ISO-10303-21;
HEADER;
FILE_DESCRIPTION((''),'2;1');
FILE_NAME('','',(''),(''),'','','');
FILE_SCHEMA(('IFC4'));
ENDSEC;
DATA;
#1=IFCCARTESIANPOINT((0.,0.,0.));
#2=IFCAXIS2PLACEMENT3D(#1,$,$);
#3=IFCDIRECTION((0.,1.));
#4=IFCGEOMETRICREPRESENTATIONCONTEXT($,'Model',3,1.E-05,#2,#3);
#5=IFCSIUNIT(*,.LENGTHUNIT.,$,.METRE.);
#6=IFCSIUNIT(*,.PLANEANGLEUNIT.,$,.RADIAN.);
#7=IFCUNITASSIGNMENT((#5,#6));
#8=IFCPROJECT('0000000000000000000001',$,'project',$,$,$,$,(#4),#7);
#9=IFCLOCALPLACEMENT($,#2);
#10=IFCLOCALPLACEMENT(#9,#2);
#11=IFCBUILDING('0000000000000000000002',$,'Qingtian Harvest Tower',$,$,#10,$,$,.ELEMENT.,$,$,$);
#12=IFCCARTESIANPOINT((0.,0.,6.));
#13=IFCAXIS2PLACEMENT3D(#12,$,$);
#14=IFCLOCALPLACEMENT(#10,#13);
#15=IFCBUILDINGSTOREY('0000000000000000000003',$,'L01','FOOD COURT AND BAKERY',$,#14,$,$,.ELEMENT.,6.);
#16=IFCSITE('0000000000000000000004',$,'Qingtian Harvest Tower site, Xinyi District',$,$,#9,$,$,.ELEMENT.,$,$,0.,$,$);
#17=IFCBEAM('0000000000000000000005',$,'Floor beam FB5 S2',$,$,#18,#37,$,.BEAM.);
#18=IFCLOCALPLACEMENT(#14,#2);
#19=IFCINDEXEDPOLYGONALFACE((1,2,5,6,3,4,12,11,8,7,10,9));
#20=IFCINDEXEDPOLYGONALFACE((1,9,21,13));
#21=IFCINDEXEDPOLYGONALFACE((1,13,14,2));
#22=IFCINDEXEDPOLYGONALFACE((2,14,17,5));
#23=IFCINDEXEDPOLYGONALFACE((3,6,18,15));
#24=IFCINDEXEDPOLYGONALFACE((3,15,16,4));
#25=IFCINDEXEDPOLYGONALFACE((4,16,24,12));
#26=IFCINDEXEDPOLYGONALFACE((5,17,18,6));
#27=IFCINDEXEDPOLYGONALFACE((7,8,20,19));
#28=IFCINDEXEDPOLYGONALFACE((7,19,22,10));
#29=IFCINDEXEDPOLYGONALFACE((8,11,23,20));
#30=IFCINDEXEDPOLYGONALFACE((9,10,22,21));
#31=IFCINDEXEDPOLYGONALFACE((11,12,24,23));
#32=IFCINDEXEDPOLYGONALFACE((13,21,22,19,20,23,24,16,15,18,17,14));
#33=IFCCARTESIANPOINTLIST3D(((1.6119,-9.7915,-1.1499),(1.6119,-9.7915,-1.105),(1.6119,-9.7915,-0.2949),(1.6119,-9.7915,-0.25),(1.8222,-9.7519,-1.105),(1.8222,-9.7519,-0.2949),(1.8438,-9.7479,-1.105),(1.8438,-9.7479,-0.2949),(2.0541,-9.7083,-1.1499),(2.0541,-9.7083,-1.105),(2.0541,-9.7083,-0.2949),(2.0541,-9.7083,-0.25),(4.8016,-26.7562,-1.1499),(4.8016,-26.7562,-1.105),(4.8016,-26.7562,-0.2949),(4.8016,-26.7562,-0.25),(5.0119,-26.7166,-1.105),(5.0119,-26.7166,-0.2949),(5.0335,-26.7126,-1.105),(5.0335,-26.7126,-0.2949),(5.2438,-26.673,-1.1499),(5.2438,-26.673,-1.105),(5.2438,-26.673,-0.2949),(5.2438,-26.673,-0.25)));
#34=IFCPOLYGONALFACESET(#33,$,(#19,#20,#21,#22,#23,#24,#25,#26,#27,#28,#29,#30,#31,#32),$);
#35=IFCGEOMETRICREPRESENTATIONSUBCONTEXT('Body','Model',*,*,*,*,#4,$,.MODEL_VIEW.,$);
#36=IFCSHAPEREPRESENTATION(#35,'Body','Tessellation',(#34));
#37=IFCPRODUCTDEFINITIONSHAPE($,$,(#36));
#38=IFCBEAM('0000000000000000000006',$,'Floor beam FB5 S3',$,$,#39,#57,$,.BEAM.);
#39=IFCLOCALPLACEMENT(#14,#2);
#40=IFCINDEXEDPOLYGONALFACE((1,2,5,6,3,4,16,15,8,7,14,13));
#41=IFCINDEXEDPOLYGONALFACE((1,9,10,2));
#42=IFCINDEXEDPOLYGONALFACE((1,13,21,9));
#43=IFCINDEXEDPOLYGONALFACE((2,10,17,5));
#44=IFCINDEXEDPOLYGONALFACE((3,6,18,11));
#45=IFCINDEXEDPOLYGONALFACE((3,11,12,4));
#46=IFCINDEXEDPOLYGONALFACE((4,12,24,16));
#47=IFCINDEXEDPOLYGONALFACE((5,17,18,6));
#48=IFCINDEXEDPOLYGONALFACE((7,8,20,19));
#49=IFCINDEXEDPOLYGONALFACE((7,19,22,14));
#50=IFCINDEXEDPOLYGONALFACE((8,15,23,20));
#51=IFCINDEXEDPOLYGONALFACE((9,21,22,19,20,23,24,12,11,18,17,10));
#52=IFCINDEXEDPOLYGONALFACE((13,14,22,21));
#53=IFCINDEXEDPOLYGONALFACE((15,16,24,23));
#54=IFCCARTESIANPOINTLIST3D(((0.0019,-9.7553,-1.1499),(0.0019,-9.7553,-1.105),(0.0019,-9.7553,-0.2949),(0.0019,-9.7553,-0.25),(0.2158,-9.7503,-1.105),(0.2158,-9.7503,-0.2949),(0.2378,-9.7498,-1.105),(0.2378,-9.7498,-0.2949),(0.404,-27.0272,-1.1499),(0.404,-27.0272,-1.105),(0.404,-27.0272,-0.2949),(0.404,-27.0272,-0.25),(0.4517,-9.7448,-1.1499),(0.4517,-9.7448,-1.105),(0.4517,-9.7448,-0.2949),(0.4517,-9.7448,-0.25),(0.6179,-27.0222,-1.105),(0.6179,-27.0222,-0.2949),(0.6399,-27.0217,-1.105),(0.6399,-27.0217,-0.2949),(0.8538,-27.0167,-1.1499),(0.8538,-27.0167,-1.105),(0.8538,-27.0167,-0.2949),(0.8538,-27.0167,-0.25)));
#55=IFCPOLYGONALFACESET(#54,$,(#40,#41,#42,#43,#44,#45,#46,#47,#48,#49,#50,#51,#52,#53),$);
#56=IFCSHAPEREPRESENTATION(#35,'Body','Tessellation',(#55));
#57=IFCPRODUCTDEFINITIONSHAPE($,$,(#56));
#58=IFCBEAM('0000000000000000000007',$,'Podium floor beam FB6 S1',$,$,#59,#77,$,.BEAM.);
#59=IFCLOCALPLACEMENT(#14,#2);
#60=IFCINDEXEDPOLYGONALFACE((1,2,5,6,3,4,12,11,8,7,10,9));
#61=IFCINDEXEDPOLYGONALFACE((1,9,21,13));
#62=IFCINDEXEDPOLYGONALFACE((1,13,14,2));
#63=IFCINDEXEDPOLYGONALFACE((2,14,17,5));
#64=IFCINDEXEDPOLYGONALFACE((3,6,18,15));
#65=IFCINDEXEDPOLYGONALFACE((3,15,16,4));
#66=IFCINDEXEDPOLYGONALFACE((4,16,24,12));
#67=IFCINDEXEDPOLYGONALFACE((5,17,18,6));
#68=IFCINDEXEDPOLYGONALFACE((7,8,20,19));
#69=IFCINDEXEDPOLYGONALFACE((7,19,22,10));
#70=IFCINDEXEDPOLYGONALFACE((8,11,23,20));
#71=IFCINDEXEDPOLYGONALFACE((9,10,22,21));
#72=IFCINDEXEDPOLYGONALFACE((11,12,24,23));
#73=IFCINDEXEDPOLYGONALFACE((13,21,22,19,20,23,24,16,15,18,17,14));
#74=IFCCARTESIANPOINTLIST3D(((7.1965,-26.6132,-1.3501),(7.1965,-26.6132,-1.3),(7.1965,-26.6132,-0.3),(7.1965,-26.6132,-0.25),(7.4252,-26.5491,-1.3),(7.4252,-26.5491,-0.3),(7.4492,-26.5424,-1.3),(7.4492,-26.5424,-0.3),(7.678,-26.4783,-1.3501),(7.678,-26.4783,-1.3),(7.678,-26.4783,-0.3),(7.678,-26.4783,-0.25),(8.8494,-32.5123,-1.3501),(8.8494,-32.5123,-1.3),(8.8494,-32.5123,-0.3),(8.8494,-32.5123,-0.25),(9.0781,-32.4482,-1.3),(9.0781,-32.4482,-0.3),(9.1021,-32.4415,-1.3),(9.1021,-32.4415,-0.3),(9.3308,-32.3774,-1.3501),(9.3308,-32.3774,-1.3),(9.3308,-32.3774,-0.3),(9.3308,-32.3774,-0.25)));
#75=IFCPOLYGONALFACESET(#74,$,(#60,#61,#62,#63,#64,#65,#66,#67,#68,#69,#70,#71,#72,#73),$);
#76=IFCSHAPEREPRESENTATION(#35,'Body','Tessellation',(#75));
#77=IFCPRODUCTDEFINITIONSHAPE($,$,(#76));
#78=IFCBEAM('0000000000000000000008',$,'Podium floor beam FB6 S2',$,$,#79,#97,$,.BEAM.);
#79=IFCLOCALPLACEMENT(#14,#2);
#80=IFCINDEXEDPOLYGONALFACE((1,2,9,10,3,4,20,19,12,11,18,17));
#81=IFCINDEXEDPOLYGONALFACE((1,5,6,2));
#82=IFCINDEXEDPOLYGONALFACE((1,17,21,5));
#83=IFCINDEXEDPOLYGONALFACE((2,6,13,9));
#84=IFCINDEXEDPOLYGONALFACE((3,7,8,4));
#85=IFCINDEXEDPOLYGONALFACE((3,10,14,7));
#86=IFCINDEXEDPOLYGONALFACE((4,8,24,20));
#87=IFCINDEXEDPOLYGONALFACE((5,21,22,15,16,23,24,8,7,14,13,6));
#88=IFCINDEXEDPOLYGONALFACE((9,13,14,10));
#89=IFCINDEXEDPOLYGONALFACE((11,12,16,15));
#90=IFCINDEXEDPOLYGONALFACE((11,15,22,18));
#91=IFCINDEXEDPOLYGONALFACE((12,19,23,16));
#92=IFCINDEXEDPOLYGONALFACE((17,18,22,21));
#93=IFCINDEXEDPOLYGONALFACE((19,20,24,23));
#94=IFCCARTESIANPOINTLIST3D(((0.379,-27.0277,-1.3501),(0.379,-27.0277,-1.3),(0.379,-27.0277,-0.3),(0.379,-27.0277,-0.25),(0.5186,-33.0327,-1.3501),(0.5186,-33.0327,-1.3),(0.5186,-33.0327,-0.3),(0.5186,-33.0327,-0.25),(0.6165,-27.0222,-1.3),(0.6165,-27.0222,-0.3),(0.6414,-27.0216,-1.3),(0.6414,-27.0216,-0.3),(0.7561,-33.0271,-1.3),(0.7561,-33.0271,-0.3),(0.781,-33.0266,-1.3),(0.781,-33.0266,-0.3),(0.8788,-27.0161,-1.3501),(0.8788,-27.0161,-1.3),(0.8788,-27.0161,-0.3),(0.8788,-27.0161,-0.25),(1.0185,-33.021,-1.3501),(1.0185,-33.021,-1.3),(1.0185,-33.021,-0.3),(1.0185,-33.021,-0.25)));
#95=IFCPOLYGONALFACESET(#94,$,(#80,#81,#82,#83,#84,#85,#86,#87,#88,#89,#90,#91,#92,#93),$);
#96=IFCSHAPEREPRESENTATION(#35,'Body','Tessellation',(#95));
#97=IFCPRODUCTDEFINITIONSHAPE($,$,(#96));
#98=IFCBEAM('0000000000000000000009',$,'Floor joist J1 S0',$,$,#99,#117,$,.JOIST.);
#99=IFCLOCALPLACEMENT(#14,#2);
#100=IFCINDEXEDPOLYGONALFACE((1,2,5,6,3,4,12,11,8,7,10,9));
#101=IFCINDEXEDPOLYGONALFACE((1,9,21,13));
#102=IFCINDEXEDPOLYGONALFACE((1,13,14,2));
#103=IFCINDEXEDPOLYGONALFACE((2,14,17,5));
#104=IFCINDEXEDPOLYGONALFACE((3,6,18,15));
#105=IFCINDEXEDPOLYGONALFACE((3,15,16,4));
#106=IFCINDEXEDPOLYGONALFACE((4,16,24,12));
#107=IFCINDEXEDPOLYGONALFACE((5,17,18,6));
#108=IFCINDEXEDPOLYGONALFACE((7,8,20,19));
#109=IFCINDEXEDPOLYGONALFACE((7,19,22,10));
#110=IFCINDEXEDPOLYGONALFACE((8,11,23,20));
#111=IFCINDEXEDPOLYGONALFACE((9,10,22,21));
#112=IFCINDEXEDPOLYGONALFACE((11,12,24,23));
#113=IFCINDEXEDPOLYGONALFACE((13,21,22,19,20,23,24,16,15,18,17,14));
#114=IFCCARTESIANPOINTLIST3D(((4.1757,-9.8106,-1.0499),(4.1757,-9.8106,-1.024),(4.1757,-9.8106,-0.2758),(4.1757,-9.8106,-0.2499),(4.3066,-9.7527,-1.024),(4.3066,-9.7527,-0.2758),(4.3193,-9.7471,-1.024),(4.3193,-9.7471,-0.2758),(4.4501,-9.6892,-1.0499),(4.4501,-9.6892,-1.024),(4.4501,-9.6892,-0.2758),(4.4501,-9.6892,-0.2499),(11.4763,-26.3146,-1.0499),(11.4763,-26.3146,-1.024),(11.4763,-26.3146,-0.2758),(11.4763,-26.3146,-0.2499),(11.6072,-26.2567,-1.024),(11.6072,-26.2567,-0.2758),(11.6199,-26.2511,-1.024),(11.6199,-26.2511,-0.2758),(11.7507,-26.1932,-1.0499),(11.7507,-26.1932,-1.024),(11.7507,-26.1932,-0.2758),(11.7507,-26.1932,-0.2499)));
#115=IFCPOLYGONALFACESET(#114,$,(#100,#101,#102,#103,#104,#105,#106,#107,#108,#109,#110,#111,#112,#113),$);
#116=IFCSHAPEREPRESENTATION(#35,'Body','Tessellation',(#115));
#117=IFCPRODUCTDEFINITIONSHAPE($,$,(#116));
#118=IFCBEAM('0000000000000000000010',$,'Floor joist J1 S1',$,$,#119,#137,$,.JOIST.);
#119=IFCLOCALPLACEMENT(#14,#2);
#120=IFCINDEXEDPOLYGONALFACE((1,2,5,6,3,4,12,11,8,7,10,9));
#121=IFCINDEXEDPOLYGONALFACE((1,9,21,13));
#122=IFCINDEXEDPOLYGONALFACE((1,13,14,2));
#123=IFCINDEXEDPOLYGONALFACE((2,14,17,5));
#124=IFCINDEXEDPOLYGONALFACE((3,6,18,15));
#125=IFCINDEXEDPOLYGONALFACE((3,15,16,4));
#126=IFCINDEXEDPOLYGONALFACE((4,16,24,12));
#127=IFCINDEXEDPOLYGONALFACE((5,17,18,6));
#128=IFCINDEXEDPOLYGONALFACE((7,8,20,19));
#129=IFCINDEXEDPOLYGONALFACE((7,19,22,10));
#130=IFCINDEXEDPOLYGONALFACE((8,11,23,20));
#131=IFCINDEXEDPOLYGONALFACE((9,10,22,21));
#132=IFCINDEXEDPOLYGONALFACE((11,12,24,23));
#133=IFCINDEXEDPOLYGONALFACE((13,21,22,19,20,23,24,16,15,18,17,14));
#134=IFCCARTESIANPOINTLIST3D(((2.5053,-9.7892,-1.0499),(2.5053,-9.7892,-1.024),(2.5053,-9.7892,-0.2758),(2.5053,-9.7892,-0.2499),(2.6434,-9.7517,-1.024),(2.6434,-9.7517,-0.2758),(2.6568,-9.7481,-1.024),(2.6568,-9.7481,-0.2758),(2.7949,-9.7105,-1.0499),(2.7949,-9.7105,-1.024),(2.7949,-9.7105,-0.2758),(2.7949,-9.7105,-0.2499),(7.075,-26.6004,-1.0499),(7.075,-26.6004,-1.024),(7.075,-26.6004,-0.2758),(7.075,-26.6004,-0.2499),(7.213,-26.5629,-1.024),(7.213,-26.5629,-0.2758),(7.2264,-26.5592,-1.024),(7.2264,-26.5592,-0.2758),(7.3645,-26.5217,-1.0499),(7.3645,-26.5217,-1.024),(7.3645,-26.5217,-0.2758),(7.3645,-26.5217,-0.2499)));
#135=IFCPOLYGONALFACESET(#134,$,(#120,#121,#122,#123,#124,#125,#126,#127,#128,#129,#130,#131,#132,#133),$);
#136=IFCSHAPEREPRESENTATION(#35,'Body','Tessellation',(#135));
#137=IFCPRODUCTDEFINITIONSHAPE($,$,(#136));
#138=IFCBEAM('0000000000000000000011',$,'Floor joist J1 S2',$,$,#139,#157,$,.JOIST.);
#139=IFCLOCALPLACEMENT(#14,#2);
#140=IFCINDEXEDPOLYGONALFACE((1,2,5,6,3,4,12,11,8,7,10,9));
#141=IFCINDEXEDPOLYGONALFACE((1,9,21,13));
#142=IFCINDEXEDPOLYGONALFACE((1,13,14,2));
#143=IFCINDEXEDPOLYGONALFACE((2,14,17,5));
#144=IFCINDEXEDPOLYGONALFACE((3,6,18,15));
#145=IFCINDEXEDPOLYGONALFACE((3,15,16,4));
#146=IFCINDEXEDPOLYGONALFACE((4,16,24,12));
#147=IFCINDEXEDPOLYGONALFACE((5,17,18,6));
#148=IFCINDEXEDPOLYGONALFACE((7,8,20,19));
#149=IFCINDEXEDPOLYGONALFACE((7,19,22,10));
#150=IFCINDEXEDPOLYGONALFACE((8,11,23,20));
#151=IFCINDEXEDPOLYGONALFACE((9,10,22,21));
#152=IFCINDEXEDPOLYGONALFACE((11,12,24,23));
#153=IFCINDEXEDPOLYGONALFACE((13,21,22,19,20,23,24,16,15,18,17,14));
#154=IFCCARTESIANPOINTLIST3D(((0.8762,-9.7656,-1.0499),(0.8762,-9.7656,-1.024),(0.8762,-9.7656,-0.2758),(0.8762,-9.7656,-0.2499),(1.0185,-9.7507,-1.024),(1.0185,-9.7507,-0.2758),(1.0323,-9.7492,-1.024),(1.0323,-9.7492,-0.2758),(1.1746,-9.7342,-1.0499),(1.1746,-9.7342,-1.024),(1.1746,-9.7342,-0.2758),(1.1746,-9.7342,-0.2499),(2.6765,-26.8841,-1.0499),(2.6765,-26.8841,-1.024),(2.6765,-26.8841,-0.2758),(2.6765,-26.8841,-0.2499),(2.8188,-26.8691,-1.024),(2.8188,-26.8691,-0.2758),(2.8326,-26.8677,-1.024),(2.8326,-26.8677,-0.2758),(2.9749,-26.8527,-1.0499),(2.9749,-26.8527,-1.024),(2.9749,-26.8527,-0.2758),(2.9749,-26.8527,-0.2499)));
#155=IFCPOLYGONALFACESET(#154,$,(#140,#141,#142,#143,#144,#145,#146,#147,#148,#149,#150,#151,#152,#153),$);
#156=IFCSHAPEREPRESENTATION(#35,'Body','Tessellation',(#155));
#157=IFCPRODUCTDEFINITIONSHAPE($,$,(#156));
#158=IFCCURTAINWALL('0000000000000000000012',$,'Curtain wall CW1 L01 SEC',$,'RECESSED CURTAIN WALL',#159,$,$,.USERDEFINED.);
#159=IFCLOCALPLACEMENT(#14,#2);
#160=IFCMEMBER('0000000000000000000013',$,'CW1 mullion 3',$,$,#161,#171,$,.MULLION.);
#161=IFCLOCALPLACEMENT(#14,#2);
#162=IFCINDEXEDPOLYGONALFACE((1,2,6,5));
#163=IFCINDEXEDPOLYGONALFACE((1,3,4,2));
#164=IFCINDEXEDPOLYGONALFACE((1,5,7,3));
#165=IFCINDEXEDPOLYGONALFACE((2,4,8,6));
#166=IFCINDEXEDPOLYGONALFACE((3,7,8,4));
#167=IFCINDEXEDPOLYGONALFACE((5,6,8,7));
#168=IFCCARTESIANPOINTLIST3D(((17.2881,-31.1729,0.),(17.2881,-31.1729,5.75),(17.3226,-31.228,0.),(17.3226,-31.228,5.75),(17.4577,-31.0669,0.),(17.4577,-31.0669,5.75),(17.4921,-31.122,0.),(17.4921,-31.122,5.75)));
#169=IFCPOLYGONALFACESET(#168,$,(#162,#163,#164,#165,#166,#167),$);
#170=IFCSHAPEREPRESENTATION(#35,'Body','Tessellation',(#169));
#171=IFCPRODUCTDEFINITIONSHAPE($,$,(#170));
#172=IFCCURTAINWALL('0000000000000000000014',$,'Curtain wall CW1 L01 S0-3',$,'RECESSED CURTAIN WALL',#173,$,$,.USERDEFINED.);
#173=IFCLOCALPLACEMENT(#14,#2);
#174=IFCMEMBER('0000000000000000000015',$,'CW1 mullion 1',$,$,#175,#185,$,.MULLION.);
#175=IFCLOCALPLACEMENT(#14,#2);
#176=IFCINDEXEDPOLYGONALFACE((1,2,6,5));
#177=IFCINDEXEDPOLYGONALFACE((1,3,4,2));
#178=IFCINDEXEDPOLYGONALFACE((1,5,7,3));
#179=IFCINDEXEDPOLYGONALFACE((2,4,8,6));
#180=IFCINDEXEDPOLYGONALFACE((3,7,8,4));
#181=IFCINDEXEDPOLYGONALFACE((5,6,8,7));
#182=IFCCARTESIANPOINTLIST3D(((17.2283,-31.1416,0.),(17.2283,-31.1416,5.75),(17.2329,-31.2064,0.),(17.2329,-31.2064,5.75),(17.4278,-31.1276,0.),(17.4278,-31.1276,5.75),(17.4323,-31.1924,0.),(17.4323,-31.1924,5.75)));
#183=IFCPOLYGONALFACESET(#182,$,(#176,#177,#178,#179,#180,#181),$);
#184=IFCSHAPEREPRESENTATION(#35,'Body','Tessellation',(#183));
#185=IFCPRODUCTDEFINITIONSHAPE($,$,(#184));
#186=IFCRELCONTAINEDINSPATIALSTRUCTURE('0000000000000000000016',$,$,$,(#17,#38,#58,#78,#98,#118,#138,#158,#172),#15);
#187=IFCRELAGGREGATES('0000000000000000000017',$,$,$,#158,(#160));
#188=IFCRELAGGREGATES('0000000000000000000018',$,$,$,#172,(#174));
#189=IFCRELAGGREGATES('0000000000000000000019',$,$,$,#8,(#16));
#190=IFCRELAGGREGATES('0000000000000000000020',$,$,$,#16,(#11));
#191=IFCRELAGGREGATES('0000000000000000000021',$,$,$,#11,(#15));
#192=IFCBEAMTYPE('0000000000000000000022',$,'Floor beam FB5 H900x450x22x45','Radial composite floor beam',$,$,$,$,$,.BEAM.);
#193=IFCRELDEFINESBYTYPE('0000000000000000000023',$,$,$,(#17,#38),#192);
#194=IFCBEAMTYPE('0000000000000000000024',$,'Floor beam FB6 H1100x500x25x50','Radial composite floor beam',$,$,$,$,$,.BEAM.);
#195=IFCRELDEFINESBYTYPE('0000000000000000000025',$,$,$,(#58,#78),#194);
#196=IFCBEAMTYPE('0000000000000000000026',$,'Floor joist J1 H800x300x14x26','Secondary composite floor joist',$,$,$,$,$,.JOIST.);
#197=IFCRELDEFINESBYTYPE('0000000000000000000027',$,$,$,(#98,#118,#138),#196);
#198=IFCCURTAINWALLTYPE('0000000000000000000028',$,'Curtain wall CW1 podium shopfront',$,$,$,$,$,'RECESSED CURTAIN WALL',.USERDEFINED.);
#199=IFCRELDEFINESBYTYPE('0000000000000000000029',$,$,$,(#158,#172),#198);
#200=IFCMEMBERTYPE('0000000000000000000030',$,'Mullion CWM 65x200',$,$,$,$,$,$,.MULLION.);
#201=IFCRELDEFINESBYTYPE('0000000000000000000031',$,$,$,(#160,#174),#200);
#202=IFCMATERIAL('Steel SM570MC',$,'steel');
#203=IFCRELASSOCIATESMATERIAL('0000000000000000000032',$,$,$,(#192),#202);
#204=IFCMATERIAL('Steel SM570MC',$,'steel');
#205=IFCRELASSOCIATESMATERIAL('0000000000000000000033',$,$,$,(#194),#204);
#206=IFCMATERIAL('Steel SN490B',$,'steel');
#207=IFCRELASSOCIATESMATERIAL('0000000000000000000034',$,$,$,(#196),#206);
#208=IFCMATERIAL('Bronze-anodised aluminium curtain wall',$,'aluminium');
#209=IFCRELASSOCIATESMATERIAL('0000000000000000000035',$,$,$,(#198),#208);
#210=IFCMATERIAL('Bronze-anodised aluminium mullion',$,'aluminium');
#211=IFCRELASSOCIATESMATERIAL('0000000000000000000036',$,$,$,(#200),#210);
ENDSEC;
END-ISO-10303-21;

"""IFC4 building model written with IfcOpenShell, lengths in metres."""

from ifc_helpers import new_model, si_unit, direction, frame, origin, origin_2d, place, context, subcontext, project, spatial, rectangle, i_section, extrude, material, material_profile, profile_set, type_object, element, aggregate, save


model = new_model("IFC4")

# Units and contexts
model_context = context("Model", 3, precision=1e-05, world=origin(), true_north=direction((0.0, 1.0)))
body_context = subcontext(model_context, "Body", "Model", "MODEL_VIEW")
ifc_project = project(units=[si_unit("LENGTHUNIT", "METRE"), si_unit("PLANEANGLEUNIT", "RADIAN")], contexts=[model_context])

# Site, building, storey
site_placement = place(None, origin())
site = spatial("IfcSite", under=ifc_project, at=site_placement, Name="Qingtian Harvest Tower site, Xinyi District", CompositionType="ELEMENT", RefElevation=0.0)
building_placement = place(site_placement, origin())
building = spatial("IfcBuilding", under=site, at=building_placement, Name="Qingtian Harvest Tower", CompositionType="ELEMENT")
storey_placement = place(building_placement, frame((0.0, 0.0, 6.0)))
storey = spatial("IfcBuildingStorey", under=building, at=storey_placement, Name="L01", Description="FOOD COURT AND BAKERY", CompositionType="ELEMENT", Elevation=6.0)

# Beams
ifc_material_1 = material(Name="Steel SM570MC", Category="steel")
ifc_material_profile_1 = material_profile(ifc_material_1, i_section(OverallWidth=0.45, OverallDepth=0.8999, WebThickness=0.022, FlangeThickness=0.0449, at=origin_2d()), Name="H900x450x22x45")
ifc_profile_set_1 = profile_set([ifc_material_profile_1], Name="Steel SM570MC")
beam_type_1 = type_object("IfcBeamType", Name="Floor beam FB5 H900x450x22x45", Description="Radial composite floor beam", PredefinedType="BEAM", material=ifc_profile_set_1)
beam_1_placement = place(storey_placement, frame((5.0227, -26.7146, -0.7), z_axis=(-0.184783, 0.982779, 0.0), x_axis=(-0.982779, -0.184783, 0.0)))
element("IfcBeam", 1, at=beam_1_placement, inside=storey, type_object=beam_type_1, Name="Floor beam FB5 S2", PredefinedType="BEAM", context=body_context, shape_type="SweptSolid", body=[
    extrude(i_section(OverallWidth=0.45, OverallDepth=0.8999, WebThickness=0.022, FlangeThickness=0.0449, at=origin_2d()), origin(), (0.0, 0.0, 1.0), 17.262),
])
beam_2_placement = place(storey_placement, frame((0.6289, -27.022, -0.7), z_axis=(-0.023274, 0.999729, 0.0), x_axis=(-0.999729, -0.023274, 0.0)))
element("IfcBeam", 2, at=beam_2_placement, inside=storey, type_object=beam_type_1, Name="Floor beam FB5 S3", PredefinedType="BEAM", context=body_context, shape_type="SweptSolid", body=[
    extrude(i_section(OverallWidth=0.45, OverallDepth=0.8999, WebThickness=0.022, FlangeThickness=0.0449, at=origin_2d()), origin(), (0.0, 0.0, 1.0), 17.2766),
])
ifc_material_2 = material(Name="Steel SM570MC", Category="steel")
ifc_material_profile_2 = material_profile(ifc_material_2, i_section(OverallWidth=0.5, OverallDepth=1.1001, WebThickness=0.0249, FlangeThickness=0.05, at=origin_2d()), Name="H1100x500x25x50")
ifc_profile_set_2 = profile_set([ifc_material_profile_2], Name="Steel SM570MC")
beam_type_2 = type_object("IfcBeamType", Name="Floor beam FB6 H1100x500x25x50", Description="Radial composite floor beam", PredefinedType="BEAM", material=ifc_profile_set_2)
beam_3_placement = place(storey_placement, frame((9.0901, -32.4448, -0.8), z_axis=(-0.269801, 0.962916, 0.0), x_axis=(-0.962916, -0.269801, 0.0)))
element("IfcBeam", 3, at=beam_3_placement, inside=storey, type_object=beam_type_2, Name="Podium floor beam FB6 S1", PredefinedType="BEAM", context=body_context, shape_type="SweptSolid", body=[
    extrude(i_section(OverallWidth=0.5, OverallDepth=1.1001, WebThickness=0.0249, FlangeThickness=0.05, at=origin_2d()), origin(), (0.0, 0.0, 1.0), 6.1262),
])
beam_4_placement = place(storey_placement, frame((0.7686, -33.0269, -0.8), z_axis=(-0.02325, 0.99973, 0.0), x_axis=(-0.99973, -0.02325, 0.0)))
element("IfcBeam", 4, at=beam_4_placement, inside=storey, type_object=beam_type_2, Name="Podium floor beam FB6 S2", PredefinedType="BEAM", context=body_context, shape_type="SweptSolid", body=[
    extrude(i_section(OverallWidth=0.5, OverallDepth=1.1001, WebThickness=0.0249, FlangeThickness=0.05, at=origin_2d()), origin(), (0.0, 0.0, 1.0), 6.0066),
])
ifc_material_3 = material(Name="Steel SN490B", Category="steel")
ifc_material_profile_3 = material_profile(ifc_material_3, i_section(OverallWidth=0.3, OverallDepth=0.8, WebThickness=0.0139, FlangeThickness=0.0259, at=origin_2d()), Name="H800x300x14x26")
ifc_profile_set_3 = profile_set([ifc_material_profile_3], Name="Steel SN490B")
beam_type_3 = type_object("IfcBeamType", Name="Floor joist J1 H800x300x14x26", Description="Secondary composite floor joist", PredefinedType="JOIST", material=ifc_profile_set_3)
beam_5_placement = place(storey_placement, frame((11.6135, -26.2539, -0.6499), z_axis=(-0.40454, 0.91452, 0.0), x_axis=(-0.91452, -0.40454, 0.0)))
element("IfcBeam", 5, at=beam_5_placement, inside=storey, type_object=beam_type_3, Name="Floor joist J1 S0", PredefinedType="JOIST", context=body_context, shape_type="SweptSolid", body=[
    extrude(i_section(OverallWidth=0.3, OverallDepth=0.8, WebThickness=0.0139, FlangeThickness=0.0259, at=origin_2d()), origin(), (0.0, 0.0, 1.0), 18.0466),
])
beam_6_placement = place(storey_placement, frame((7.2197, -26.561, -0.6499), z_axis=(-0.262303, 0.964986, 0.0), x_axis=(-0.964986, -0.262303, 0.0)))
element("IfcBeam", 6, at=beam_6_placement, inside=storey, type_object=beam_type_3, Name="Floor joist J1 S1", PredefinedType="JOIST", context=body_context, shape_type="SweptSolid", body=[
    extrude(i_section(OverallWidth=0.3, OverallDepth=0.8, WebThickness=0.0139, FlangeThickness=0.0259, at=origin_2d()), origin(), (0.0, 0.0, 1.0), 17.4211),
])
beam_7_placement = place(storey_placement, frame((2.8257, -26.8684, -0.6499), z_axis=(-0.10459, 0.994515, 0.0), x_axis=(-0.994515, -0.10459, 0.0)))
element("IfcBeam", 7, at=beam_7_placement, inside=storey, type_object=beam_type_3, Name="Floor joist J1 S2", PredefinedType="JOIST", context=body_context, shape_type="SweptSolid", body=[
    extrude(i_section(OverallWidth=0.3, OverallDepth=0.8, WebThickness=0.0139, FlangeThickness=0.0259, at=origin_2d()), origin(), (0.0, 0.0, 1.0), 17.2129),
])

# Curtain wall, member
ifc_material_4 = material(Name="Bronze-anodised aluminium curtain wall", Category="aluminium")
curtain_wall_type = type_object("IfcCurtainWallType", Name="Curtain wall CW1 podium shopfront", ElementType="RECESSED CURTAIN WALL", PredefinedType="USERDEFINED", material=ifc_material_4)
curtain_wall_1_placement = place(storey_placement, origin())
curtain_wall_1 = element("IfcCurtainWall", 8, at=curtain_wall_1_placement, inside=storey, type_object=curtain_wall_type, Name="Curtain wall CW1 L01 SEC", ObjectType="RECESSED CURTAIN WALL", PredefinedType="USERDEFINED")
ifc_material_5 = material(Name="Bronze-anodised aluminium mullion", Category="aluminium")
ifc_material_profile_4 = material_profile(ifc_material_5, rectangle(XDim=0.0649, YDim=0.2, at=origin_2d()), Name="AL 65x200")
ifc_profile_set_4 = profile_set([ifc_material_profile_4], Name="Bronze-anodised aluminium mullion")
member_type_1 = type_object("IfcMemberType", Name="Mullion CWM 65x200", PredefinedType="MULLION", material=ifc_profile_set_4)
member_1_placement = place(storey_placement, frame((17.3901, -31.1475, 0.0), z_axis=(0.0, 0.0, 1.0), x_axis=(0.529919, -0.848048, 0.0)))
member_1 = element("IfcMember", 9, at=member_1_placement, type_object=member_type_1, Name="CW1 mullion 3", PredefinedType="MULLION", context=body_context, shape_type="SweptSolid", body=[
    extrude(rectangle(XDim=0.0649, YDim=0.2, at=origin_2d()), origin(), (0.0, 0.0, 1.0), 5.75),
])
aggregate(curtain_wall_1, [member_1])

# Curtain wall, member
curtain_wall_2_placement = place(storey_placement, origin())
curtain_wall_2 = element("IfcCurtainWall", 10, at=curtain_wall_2_placement, inside=storey, type_object=curtain_wall_type, Name="Curtain wall CW1 L01 S0-3", ObjectType="RECESSED CURTAIN WALL", PredefinedType="USERDEFINED")
member_2_placement = place(storey_placement, frame((17.3303, -31.167, 0.0), z_axis=(0.0, 0.0, 1.0), x_axis=(0.069756, -0.997564, 0.0)))
member_2 = element("IfcMember", 11, at=member_2_placement, type_object=member_type_1, Name="CW1 mullion 1", PredefinedType="MULLION", context=body_context, shape_type="SweptSolid", body=[
    extrude(rectangle(XDim=0.0649, YDim=0.2, at=origin_2d()), origin(), (0.0, 0.0, 1.0), 5.75),
])

aggregate(curtain_wall_2, [member_2])

save(model, "model.ifc")
